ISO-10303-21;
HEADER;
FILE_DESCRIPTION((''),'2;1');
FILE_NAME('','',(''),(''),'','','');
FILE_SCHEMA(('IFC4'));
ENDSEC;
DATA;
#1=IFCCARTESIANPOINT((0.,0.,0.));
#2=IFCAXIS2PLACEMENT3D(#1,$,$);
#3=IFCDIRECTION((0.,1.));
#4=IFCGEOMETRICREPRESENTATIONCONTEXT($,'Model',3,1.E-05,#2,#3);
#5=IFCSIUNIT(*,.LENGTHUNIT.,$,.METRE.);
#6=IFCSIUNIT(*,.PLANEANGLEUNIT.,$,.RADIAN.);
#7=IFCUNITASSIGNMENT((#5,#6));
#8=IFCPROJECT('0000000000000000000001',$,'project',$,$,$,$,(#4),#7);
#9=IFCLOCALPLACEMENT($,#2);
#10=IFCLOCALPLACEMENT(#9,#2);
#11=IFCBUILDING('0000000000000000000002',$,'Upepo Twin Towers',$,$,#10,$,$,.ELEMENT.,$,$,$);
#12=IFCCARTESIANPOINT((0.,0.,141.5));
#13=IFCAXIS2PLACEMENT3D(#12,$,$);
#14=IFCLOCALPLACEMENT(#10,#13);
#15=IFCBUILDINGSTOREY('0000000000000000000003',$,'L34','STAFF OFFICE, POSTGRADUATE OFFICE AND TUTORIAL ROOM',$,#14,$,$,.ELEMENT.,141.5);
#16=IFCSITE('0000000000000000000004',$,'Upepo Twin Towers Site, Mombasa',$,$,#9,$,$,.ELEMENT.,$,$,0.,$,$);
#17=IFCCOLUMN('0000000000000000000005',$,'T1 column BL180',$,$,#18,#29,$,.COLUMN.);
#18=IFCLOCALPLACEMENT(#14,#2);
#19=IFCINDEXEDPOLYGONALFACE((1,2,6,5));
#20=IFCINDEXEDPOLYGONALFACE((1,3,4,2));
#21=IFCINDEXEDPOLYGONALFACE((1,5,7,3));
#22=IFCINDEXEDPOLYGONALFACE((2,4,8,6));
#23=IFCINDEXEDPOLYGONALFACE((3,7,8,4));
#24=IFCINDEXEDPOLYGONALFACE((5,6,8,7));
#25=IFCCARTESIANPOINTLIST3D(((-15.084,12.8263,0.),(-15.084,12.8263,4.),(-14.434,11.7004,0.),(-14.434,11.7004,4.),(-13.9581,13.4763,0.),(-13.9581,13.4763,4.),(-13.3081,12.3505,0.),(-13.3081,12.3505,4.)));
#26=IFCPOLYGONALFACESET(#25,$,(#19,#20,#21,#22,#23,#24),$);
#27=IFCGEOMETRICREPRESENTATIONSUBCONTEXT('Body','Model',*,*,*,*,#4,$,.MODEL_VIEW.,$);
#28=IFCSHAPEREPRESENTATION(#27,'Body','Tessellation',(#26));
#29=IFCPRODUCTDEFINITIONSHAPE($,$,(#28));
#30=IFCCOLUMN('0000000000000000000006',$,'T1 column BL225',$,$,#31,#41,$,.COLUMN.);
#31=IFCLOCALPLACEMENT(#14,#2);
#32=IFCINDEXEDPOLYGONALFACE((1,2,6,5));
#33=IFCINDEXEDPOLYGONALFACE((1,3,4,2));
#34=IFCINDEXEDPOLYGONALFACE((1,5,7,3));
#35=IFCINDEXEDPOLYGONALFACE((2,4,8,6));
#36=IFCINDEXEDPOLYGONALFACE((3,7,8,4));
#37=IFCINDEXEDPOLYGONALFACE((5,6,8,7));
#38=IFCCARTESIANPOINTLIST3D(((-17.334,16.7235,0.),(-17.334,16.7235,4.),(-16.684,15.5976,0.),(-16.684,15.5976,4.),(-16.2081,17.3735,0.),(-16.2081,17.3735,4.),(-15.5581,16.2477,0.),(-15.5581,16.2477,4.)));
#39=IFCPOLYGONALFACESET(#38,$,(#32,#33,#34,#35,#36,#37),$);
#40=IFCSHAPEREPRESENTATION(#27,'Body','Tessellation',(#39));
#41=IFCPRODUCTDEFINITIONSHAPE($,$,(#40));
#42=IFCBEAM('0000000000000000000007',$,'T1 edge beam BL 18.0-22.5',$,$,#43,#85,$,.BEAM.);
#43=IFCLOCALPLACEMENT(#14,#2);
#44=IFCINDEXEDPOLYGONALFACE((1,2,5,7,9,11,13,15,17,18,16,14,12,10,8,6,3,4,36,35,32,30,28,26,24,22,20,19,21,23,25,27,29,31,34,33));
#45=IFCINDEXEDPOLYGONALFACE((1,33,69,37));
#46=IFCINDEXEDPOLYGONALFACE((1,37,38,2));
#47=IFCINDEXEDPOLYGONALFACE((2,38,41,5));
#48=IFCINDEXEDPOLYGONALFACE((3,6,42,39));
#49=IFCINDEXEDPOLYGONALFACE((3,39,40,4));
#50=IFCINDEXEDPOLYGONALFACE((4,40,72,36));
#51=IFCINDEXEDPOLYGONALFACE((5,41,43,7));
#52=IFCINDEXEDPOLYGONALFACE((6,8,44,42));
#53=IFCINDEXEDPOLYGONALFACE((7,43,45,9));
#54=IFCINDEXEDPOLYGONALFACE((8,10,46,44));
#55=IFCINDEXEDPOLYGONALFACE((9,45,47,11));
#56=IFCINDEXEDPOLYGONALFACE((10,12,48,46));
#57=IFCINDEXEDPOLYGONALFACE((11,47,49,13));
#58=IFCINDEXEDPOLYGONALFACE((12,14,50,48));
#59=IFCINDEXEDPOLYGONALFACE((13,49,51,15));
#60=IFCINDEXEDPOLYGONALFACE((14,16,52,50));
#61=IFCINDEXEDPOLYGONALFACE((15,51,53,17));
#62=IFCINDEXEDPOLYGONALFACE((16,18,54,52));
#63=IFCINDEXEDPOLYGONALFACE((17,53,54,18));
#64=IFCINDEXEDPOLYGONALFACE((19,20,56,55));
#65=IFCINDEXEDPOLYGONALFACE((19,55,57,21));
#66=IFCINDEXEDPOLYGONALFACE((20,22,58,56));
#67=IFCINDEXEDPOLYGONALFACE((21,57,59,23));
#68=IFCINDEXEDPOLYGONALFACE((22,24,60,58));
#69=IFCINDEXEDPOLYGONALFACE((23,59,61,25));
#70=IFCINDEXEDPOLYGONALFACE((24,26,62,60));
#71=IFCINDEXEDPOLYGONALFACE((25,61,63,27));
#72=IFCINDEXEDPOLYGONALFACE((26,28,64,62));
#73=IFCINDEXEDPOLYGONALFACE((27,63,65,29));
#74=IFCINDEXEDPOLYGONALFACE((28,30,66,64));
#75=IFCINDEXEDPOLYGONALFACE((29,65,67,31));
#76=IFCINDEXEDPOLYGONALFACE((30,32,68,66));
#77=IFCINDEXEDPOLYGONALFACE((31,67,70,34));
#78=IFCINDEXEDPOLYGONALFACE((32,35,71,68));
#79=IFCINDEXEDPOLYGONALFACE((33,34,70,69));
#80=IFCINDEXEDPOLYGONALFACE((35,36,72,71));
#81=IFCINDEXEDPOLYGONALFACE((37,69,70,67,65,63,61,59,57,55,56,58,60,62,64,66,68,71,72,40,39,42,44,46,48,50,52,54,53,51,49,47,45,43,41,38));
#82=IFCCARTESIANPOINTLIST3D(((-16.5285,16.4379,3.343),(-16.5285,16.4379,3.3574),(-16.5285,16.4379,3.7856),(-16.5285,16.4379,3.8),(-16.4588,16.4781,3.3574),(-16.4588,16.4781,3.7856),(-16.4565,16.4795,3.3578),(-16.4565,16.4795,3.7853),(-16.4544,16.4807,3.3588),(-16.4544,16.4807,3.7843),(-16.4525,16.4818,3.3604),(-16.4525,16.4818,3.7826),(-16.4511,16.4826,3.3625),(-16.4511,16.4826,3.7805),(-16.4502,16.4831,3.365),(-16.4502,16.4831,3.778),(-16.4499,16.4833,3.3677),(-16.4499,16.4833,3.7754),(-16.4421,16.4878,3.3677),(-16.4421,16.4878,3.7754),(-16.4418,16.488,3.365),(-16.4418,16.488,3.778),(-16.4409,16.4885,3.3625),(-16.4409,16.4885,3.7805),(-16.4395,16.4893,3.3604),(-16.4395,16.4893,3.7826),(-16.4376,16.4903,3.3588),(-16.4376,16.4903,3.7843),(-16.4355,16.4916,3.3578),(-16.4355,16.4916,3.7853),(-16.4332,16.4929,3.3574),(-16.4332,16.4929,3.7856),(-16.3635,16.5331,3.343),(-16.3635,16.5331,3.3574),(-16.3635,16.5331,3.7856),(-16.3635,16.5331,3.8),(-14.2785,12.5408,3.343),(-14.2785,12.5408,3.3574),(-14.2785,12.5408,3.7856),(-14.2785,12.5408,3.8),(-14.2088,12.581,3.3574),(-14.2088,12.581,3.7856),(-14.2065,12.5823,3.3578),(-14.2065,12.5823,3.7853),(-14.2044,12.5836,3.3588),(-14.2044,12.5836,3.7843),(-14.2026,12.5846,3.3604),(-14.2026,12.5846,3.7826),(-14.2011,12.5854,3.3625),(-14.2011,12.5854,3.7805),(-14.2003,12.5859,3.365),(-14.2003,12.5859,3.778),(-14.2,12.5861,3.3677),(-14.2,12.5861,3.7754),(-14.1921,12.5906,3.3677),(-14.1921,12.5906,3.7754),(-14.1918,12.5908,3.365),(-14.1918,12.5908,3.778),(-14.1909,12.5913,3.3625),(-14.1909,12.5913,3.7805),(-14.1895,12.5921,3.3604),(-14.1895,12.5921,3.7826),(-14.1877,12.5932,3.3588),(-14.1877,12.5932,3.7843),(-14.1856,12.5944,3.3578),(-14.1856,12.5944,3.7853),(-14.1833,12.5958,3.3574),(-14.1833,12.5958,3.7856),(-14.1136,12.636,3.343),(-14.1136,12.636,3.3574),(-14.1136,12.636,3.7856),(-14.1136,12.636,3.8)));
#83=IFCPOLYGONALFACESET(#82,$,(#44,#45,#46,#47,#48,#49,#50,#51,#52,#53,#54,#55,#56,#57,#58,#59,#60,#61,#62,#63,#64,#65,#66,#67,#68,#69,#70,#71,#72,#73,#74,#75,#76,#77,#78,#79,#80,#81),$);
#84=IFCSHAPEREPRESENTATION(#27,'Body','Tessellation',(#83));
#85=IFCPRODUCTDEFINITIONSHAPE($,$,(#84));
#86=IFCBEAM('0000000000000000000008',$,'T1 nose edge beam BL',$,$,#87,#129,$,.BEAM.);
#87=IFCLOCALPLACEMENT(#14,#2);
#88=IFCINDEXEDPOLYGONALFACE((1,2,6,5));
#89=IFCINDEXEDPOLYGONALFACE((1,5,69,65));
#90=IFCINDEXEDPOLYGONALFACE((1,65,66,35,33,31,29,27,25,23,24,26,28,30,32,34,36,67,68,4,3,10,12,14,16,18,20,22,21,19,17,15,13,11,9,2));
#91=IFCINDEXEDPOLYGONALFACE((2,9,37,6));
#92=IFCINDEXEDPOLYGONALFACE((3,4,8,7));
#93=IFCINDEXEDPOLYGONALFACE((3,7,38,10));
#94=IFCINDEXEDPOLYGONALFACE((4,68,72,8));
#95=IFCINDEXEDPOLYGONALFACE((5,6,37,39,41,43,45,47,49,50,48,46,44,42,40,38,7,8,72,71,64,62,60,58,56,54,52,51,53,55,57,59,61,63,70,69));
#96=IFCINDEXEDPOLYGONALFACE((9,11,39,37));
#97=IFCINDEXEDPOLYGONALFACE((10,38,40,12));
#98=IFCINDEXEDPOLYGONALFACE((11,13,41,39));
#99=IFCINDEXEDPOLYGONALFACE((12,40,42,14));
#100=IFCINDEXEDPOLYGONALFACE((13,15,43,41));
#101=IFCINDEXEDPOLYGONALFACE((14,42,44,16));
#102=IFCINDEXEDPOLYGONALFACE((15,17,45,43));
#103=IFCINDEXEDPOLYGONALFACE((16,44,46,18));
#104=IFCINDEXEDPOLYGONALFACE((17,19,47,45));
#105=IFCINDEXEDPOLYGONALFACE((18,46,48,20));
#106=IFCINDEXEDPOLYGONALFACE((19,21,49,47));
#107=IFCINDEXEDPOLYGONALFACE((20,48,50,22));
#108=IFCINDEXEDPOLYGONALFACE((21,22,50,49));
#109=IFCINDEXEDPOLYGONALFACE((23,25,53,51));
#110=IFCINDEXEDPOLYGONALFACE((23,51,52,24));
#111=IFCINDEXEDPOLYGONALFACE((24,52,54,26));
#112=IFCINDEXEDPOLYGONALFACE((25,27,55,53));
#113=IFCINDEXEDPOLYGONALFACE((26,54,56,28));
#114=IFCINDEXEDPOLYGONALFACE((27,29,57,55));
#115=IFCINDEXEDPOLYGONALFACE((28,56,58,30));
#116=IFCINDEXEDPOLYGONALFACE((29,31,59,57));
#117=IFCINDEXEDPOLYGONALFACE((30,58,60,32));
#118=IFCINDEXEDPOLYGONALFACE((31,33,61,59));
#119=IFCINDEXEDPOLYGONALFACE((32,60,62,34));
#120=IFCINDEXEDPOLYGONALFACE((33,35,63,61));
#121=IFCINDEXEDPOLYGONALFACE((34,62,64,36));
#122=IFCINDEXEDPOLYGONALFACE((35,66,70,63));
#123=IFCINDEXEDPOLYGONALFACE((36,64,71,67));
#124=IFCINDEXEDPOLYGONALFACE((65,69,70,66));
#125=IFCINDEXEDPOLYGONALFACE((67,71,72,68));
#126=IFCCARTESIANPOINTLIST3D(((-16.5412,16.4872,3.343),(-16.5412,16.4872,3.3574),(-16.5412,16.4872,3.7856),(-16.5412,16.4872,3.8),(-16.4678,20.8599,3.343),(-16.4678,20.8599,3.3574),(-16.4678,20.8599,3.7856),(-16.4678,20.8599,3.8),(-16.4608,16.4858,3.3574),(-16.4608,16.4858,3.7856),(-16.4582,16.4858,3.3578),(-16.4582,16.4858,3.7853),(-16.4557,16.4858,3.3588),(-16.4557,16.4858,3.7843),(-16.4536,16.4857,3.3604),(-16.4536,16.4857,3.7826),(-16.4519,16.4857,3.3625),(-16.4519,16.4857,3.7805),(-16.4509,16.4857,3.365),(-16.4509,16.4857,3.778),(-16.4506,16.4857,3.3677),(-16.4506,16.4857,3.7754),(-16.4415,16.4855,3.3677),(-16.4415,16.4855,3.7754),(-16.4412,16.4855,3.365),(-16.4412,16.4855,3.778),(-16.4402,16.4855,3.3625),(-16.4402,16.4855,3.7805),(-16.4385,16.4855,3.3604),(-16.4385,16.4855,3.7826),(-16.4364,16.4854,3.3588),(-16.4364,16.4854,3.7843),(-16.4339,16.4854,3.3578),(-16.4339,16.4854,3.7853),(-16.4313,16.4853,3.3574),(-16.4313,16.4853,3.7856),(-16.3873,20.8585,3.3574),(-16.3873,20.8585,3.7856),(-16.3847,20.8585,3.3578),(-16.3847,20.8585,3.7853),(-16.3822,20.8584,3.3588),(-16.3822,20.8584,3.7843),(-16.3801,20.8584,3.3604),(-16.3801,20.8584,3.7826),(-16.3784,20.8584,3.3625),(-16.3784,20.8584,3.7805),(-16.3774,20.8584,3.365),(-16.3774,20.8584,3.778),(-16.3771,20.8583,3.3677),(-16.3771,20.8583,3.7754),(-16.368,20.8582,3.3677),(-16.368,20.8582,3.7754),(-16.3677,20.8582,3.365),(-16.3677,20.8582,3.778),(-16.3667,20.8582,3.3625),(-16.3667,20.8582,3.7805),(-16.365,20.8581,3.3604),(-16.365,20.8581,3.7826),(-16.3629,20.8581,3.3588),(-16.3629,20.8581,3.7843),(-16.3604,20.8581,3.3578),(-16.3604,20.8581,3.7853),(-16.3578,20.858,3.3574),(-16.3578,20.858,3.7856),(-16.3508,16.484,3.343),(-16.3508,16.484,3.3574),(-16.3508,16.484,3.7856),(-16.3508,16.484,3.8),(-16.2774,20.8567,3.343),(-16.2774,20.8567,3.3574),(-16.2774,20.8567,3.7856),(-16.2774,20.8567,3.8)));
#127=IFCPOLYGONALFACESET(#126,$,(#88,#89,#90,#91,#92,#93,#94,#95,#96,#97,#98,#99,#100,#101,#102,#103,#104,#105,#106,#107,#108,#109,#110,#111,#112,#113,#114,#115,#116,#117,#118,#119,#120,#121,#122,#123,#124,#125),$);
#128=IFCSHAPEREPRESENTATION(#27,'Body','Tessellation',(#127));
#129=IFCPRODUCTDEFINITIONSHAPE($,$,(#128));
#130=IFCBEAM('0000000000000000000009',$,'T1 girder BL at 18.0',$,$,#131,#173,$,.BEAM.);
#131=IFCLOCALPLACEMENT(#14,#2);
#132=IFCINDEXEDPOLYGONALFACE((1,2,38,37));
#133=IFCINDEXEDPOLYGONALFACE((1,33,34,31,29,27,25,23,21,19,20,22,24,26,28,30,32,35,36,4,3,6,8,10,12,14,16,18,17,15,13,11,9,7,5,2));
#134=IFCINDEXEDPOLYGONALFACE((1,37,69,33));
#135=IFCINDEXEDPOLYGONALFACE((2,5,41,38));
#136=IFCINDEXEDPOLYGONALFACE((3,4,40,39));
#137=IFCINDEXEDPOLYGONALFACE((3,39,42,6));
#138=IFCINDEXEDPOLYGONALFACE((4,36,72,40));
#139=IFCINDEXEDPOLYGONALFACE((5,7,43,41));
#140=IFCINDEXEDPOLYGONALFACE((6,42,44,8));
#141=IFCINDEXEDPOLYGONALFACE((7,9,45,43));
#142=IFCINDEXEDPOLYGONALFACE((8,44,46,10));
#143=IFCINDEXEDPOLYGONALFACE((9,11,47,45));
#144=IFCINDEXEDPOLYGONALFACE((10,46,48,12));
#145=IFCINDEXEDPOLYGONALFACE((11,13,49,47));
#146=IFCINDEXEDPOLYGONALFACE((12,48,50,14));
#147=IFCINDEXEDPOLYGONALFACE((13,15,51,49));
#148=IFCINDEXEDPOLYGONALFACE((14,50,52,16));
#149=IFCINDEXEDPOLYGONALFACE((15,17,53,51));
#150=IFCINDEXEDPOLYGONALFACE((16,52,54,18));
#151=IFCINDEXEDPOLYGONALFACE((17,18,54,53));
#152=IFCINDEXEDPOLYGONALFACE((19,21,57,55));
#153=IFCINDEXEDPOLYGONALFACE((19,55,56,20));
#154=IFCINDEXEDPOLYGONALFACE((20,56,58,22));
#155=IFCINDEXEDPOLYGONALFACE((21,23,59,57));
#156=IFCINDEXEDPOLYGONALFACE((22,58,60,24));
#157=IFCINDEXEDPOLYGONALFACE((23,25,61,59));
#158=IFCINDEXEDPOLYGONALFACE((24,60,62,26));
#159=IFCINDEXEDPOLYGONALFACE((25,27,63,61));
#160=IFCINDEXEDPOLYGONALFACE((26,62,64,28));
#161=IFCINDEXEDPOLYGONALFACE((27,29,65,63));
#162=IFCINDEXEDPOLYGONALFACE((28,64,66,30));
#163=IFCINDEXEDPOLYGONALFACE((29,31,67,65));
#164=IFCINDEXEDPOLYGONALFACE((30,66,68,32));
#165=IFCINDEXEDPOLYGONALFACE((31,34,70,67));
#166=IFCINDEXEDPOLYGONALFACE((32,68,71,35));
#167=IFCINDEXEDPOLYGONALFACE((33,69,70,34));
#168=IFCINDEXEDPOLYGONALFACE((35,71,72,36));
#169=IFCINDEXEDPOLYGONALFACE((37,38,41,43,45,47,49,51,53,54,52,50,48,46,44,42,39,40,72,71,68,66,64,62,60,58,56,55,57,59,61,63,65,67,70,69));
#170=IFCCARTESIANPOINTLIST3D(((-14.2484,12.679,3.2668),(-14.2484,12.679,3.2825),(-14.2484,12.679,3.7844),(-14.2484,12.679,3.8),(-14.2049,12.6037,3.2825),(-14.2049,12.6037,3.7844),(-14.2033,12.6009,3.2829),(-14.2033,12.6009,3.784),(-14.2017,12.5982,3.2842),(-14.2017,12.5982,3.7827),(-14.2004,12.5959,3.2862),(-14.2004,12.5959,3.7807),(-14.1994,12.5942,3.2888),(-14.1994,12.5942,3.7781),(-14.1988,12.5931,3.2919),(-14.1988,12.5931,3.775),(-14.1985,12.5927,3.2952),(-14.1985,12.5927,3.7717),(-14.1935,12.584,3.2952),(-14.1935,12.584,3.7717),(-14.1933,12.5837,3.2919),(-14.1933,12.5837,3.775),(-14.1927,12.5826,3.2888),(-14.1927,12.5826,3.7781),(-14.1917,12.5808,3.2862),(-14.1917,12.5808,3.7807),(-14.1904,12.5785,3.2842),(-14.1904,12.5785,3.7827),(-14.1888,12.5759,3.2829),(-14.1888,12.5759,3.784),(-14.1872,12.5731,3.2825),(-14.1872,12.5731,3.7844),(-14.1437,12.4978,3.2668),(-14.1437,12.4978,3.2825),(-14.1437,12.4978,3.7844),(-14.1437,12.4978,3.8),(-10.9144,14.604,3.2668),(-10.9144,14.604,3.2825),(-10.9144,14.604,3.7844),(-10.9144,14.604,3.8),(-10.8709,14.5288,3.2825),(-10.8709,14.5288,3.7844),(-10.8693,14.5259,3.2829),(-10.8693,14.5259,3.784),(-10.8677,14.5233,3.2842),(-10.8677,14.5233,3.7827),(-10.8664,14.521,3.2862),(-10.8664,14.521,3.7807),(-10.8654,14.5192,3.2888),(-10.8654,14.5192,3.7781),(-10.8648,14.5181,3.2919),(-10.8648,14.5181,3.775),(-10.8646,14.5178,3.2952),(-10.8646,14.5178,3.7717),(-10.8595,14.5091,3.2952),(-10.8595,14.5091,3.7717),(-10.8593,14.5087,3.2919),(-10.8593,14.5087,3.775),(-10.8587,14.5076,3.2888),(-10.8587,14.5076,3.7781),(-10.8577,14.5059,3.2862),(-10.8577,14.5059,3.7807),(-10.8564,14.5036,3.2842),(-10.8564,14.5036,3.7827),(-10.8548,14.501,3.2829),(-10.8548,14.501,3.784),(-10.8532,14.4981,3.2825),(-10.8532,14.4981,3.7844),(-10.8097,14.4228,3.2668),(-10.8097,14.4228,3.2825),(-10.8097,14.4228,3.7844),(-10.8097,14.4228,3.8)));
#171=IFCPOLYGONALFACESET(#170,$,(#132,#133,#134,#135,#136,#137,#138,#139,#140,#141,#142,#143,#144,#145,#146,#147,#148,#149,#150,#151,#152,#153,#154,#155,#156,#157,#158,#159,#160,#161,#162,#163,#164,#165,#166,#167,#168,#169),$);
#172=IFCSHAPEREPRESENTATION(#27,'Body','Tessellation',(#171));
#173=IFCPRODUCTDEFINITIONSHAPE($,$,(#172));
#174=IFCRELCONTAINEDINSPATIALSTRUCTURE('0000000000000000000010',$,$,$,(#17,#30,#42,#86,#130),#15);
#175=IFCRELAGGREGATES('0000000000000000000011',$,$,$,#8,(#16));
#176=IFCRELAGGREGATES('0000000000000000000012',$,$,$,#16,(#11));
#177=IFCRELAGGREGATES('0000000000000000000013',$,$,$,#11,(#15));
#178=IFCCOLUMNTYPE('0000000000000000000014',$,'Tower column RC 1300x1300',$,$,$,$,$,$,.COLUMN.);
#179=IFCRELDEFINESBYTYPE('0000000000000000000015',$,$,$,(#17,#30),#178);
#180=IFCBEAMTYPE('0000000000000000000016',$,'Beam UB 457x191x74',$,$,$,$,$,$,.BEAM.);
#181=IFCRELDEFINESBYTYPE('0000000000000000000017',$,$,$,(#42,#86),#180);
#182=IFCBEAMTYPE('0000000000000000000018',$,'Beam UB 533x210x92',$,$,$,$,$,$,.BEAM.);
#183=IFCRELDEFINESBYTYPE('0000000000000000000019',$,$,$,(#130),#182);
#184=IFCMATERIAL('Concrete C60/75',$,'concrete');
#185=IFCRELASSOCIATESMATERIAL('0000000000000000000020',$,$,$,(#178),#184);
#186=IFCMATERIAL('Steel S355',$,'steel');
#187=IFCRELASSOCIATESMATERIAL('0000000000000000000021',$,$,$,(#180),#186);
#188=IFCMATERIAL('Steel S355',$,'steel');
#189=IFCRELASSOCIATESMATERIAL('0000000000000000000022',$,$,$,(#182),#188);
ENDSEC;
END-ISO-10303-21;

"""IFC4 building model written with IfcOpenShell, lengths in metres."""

from ifc_helpers import new_model, si_unit, direction, frame, origin, origin_2d, place, context, subcontext, project, spatial, rectangle, i_section, extrude, material, material_profile, profile_set, type_object, element, save


model = new_model("IFC4")

# Units and contexts
model_context = context("Model", 3, precision=1e-05, world=origin(), true_north=direction((0.0, 1.0)))
body_context = subcontext(model_context, "Body", "Model", "MODEL_VIEW")
ifc_project = project(units=[si_unit("LENGTHUNIT", "METRE"), si_unit("PLANEANGLEUNIT", "RADIAN")], contexts=[model_context])

# Site, building, storey
site_placement = place(None, origin())
site = spatial("IfcSite", under=ifc_project, at=site_placement, Name="Upepo Twin Towers Site, Mombasa", CompositionType="ELEMENT", RefElevation=0.0)
building_placement = place(site_placement, origin())
building = spatial("IfcBuilding", under=site, at=building_placement, Name="Upepo Twin Towers", CompositionType="ELEMENT")
storey_placement = place(building_placement, frame((0.0, 0.0, 141.5)))
storey = spatial("IfcBuildingStorey", under=building, at=storey_placement, Name="L34", Description="STAFF OFFICE, POSTGRADUATE OFFICE AND TUTORIAL ROOM", CompositionType="ELEMENT", Elevation=141.5)

# Columns
ifc_material_1 = material(Name="Concrete C60/75", Category="concrete")
ifc_material_profile_1 = material_profile(ifc_material_1, rectangle(XDim=1.3, YDim=1.3, at=origin_2d()), Name="RC 1300x1300")
ifc_profile_set_1 = profile_set([ifc_material_profile_1], Name="Concrete C60/75")
column_type = type_object("IfcColumnType", Name="Tower column RC 1300x1300", PredefinedType="COLUMN", material=ifc_profile_set_1)
for number, where, z_axis, x_axis, name in (
    (1, (-14.196, 12.5884, 0.0), (0.0, 0.0, 1.0), (0.866025, 0.5, 0.0), "T1 column BL180"),
    (2, (-16.446, 16.4856, 0.0), (0.0, 0.0, 1.0), (0.866025, 0.5, 0.0), "T1 column BL225"),
):
    element("IfcColumn", number, at=place(storey_placement, frame(where, z_axis=z_axis, x_axis=x_axis)), inside=storey, type_object=column_type, Name=name, PredefinedType="COLUMN", context=body_context, shape_type="SweptSolid", body=[
        extrude(rectangle(XDim=1.3, YDim=1.3, at=origin_2d()), origin(), (0.0, 0.0, 1.0), 4.0),
    ])

# Beams
ifc_material_2 = material(Name="Steel S355", Category="steel")
ifc_material_profile_2 = material_profile(ifc_material_2, i_section(OverallWidth=0.1904, OverallDepth=0.457, WebThickness=0.009, FlangeThickness=0.0144, FilletRadius=0.0103, at=origin_2d()), Name="UB 457x191x74")
ifc_profile_set_2 = profile_set([ifc_material_profile_2], Name="Steel S355")
beam_type_1 = type_object("IfcBeamType", Name="Beam UB 457x191x74", PredefinedType="BEAM", material=ifc_profile_set_2)
beam_1_placement = place(storey_placement, frame((-14.196, 12.5884, 3.5715), z_axis=(-0.49999, 0.866031, 0.0), x_axis=(-0.866031, -0.49999, 0.0)))
element("IfcBeam", 3, at=beam_1_placement, inside=storey, type_object=beam_type_1, Name="T1 edge beam BL 18.0-22.5", PredefinedType="BEAM", context=body_context, shape_type="SweptSolid", body=[
    extrude(i_section(OverallWidth=0.1904, OverallDepth=0.457, WebThickness=0.009, FlangeThickness=0.0144, FilletRadius=0.0103, at=origin_2d()), origin(), (0.0, 0.0, 1.0), 4.5),
])
beam_2_placement = place(storey_placement, frame((-16.446, 16.4856, 3.5715), z_axis=(0.016804, 0.999859, 0.0), x_axis=(-0.999859, 0.016804, 0.0)))
element("IfcBeam", 4, at=beam_2_placement, inside=storey, type_object=beam_type_1, Name="T1 nose edge beam BL", PredefinedType="BEAM", context=body_context, shape_type="SweptSolid", body=[
    extrude(i_section(OverallWidth=0.1904, OverallDepth=0.457, WebThickness=0.009, FlangeThickness=0.0144, FilletRadius=0.0103, at=origin_2d()), origin(), (0.0, 0.0, 1.0), 4.3733),
])
ifc_material_3 = material(Name="Steel S355", Category="steel")
ifc_material_profile_3 = material_profile(ifc_material_3, i_section(OverallWidth=0.2092, OverallDepth=0.5332, WebThickness=0.01, FlangeThickness=0.0156, FilletRadius=0.0127, at=origin_2d()), Name="UB 533x210x92")
ifc_profile_set_3 = profile_set([ifc_material_profile_3], Name="Steel S355")
beam_type_2 = type_object("IfcBeamType", Name="Beam UB 533x210x92", PredefinedType="BEAM", material=ifc_profile_set_3)
for number, where, z_axis, x_axis, name in (
    (5, (-14.196, 12.5884, 3.5334), (0.866006, 0.500034, 0.0), (-0.500034, 0.866006, 0.0), "T1 girder BL at 18.0"),
):
    element("IfcBeam", number, at=place(storey_placement, frame(where, z_axis=z_axis, x_axis=x_axis)), inside=storey, type_object=beam_type_2, Name=name, PredefinedType="BEAM", context=body_context, shape_type="SweptSolid", body=[
        extrude(i_section(OverallWidth=0.2092, OverallDepth=0.5332, WebThickness=0.01, FlangeThickness=0.0156, FilletRadius=0.0127, at=origin_2d()), origin(), (0.0, 0.0, 1.0), 3.8499),
    ])

save(model, "model.ifc")
